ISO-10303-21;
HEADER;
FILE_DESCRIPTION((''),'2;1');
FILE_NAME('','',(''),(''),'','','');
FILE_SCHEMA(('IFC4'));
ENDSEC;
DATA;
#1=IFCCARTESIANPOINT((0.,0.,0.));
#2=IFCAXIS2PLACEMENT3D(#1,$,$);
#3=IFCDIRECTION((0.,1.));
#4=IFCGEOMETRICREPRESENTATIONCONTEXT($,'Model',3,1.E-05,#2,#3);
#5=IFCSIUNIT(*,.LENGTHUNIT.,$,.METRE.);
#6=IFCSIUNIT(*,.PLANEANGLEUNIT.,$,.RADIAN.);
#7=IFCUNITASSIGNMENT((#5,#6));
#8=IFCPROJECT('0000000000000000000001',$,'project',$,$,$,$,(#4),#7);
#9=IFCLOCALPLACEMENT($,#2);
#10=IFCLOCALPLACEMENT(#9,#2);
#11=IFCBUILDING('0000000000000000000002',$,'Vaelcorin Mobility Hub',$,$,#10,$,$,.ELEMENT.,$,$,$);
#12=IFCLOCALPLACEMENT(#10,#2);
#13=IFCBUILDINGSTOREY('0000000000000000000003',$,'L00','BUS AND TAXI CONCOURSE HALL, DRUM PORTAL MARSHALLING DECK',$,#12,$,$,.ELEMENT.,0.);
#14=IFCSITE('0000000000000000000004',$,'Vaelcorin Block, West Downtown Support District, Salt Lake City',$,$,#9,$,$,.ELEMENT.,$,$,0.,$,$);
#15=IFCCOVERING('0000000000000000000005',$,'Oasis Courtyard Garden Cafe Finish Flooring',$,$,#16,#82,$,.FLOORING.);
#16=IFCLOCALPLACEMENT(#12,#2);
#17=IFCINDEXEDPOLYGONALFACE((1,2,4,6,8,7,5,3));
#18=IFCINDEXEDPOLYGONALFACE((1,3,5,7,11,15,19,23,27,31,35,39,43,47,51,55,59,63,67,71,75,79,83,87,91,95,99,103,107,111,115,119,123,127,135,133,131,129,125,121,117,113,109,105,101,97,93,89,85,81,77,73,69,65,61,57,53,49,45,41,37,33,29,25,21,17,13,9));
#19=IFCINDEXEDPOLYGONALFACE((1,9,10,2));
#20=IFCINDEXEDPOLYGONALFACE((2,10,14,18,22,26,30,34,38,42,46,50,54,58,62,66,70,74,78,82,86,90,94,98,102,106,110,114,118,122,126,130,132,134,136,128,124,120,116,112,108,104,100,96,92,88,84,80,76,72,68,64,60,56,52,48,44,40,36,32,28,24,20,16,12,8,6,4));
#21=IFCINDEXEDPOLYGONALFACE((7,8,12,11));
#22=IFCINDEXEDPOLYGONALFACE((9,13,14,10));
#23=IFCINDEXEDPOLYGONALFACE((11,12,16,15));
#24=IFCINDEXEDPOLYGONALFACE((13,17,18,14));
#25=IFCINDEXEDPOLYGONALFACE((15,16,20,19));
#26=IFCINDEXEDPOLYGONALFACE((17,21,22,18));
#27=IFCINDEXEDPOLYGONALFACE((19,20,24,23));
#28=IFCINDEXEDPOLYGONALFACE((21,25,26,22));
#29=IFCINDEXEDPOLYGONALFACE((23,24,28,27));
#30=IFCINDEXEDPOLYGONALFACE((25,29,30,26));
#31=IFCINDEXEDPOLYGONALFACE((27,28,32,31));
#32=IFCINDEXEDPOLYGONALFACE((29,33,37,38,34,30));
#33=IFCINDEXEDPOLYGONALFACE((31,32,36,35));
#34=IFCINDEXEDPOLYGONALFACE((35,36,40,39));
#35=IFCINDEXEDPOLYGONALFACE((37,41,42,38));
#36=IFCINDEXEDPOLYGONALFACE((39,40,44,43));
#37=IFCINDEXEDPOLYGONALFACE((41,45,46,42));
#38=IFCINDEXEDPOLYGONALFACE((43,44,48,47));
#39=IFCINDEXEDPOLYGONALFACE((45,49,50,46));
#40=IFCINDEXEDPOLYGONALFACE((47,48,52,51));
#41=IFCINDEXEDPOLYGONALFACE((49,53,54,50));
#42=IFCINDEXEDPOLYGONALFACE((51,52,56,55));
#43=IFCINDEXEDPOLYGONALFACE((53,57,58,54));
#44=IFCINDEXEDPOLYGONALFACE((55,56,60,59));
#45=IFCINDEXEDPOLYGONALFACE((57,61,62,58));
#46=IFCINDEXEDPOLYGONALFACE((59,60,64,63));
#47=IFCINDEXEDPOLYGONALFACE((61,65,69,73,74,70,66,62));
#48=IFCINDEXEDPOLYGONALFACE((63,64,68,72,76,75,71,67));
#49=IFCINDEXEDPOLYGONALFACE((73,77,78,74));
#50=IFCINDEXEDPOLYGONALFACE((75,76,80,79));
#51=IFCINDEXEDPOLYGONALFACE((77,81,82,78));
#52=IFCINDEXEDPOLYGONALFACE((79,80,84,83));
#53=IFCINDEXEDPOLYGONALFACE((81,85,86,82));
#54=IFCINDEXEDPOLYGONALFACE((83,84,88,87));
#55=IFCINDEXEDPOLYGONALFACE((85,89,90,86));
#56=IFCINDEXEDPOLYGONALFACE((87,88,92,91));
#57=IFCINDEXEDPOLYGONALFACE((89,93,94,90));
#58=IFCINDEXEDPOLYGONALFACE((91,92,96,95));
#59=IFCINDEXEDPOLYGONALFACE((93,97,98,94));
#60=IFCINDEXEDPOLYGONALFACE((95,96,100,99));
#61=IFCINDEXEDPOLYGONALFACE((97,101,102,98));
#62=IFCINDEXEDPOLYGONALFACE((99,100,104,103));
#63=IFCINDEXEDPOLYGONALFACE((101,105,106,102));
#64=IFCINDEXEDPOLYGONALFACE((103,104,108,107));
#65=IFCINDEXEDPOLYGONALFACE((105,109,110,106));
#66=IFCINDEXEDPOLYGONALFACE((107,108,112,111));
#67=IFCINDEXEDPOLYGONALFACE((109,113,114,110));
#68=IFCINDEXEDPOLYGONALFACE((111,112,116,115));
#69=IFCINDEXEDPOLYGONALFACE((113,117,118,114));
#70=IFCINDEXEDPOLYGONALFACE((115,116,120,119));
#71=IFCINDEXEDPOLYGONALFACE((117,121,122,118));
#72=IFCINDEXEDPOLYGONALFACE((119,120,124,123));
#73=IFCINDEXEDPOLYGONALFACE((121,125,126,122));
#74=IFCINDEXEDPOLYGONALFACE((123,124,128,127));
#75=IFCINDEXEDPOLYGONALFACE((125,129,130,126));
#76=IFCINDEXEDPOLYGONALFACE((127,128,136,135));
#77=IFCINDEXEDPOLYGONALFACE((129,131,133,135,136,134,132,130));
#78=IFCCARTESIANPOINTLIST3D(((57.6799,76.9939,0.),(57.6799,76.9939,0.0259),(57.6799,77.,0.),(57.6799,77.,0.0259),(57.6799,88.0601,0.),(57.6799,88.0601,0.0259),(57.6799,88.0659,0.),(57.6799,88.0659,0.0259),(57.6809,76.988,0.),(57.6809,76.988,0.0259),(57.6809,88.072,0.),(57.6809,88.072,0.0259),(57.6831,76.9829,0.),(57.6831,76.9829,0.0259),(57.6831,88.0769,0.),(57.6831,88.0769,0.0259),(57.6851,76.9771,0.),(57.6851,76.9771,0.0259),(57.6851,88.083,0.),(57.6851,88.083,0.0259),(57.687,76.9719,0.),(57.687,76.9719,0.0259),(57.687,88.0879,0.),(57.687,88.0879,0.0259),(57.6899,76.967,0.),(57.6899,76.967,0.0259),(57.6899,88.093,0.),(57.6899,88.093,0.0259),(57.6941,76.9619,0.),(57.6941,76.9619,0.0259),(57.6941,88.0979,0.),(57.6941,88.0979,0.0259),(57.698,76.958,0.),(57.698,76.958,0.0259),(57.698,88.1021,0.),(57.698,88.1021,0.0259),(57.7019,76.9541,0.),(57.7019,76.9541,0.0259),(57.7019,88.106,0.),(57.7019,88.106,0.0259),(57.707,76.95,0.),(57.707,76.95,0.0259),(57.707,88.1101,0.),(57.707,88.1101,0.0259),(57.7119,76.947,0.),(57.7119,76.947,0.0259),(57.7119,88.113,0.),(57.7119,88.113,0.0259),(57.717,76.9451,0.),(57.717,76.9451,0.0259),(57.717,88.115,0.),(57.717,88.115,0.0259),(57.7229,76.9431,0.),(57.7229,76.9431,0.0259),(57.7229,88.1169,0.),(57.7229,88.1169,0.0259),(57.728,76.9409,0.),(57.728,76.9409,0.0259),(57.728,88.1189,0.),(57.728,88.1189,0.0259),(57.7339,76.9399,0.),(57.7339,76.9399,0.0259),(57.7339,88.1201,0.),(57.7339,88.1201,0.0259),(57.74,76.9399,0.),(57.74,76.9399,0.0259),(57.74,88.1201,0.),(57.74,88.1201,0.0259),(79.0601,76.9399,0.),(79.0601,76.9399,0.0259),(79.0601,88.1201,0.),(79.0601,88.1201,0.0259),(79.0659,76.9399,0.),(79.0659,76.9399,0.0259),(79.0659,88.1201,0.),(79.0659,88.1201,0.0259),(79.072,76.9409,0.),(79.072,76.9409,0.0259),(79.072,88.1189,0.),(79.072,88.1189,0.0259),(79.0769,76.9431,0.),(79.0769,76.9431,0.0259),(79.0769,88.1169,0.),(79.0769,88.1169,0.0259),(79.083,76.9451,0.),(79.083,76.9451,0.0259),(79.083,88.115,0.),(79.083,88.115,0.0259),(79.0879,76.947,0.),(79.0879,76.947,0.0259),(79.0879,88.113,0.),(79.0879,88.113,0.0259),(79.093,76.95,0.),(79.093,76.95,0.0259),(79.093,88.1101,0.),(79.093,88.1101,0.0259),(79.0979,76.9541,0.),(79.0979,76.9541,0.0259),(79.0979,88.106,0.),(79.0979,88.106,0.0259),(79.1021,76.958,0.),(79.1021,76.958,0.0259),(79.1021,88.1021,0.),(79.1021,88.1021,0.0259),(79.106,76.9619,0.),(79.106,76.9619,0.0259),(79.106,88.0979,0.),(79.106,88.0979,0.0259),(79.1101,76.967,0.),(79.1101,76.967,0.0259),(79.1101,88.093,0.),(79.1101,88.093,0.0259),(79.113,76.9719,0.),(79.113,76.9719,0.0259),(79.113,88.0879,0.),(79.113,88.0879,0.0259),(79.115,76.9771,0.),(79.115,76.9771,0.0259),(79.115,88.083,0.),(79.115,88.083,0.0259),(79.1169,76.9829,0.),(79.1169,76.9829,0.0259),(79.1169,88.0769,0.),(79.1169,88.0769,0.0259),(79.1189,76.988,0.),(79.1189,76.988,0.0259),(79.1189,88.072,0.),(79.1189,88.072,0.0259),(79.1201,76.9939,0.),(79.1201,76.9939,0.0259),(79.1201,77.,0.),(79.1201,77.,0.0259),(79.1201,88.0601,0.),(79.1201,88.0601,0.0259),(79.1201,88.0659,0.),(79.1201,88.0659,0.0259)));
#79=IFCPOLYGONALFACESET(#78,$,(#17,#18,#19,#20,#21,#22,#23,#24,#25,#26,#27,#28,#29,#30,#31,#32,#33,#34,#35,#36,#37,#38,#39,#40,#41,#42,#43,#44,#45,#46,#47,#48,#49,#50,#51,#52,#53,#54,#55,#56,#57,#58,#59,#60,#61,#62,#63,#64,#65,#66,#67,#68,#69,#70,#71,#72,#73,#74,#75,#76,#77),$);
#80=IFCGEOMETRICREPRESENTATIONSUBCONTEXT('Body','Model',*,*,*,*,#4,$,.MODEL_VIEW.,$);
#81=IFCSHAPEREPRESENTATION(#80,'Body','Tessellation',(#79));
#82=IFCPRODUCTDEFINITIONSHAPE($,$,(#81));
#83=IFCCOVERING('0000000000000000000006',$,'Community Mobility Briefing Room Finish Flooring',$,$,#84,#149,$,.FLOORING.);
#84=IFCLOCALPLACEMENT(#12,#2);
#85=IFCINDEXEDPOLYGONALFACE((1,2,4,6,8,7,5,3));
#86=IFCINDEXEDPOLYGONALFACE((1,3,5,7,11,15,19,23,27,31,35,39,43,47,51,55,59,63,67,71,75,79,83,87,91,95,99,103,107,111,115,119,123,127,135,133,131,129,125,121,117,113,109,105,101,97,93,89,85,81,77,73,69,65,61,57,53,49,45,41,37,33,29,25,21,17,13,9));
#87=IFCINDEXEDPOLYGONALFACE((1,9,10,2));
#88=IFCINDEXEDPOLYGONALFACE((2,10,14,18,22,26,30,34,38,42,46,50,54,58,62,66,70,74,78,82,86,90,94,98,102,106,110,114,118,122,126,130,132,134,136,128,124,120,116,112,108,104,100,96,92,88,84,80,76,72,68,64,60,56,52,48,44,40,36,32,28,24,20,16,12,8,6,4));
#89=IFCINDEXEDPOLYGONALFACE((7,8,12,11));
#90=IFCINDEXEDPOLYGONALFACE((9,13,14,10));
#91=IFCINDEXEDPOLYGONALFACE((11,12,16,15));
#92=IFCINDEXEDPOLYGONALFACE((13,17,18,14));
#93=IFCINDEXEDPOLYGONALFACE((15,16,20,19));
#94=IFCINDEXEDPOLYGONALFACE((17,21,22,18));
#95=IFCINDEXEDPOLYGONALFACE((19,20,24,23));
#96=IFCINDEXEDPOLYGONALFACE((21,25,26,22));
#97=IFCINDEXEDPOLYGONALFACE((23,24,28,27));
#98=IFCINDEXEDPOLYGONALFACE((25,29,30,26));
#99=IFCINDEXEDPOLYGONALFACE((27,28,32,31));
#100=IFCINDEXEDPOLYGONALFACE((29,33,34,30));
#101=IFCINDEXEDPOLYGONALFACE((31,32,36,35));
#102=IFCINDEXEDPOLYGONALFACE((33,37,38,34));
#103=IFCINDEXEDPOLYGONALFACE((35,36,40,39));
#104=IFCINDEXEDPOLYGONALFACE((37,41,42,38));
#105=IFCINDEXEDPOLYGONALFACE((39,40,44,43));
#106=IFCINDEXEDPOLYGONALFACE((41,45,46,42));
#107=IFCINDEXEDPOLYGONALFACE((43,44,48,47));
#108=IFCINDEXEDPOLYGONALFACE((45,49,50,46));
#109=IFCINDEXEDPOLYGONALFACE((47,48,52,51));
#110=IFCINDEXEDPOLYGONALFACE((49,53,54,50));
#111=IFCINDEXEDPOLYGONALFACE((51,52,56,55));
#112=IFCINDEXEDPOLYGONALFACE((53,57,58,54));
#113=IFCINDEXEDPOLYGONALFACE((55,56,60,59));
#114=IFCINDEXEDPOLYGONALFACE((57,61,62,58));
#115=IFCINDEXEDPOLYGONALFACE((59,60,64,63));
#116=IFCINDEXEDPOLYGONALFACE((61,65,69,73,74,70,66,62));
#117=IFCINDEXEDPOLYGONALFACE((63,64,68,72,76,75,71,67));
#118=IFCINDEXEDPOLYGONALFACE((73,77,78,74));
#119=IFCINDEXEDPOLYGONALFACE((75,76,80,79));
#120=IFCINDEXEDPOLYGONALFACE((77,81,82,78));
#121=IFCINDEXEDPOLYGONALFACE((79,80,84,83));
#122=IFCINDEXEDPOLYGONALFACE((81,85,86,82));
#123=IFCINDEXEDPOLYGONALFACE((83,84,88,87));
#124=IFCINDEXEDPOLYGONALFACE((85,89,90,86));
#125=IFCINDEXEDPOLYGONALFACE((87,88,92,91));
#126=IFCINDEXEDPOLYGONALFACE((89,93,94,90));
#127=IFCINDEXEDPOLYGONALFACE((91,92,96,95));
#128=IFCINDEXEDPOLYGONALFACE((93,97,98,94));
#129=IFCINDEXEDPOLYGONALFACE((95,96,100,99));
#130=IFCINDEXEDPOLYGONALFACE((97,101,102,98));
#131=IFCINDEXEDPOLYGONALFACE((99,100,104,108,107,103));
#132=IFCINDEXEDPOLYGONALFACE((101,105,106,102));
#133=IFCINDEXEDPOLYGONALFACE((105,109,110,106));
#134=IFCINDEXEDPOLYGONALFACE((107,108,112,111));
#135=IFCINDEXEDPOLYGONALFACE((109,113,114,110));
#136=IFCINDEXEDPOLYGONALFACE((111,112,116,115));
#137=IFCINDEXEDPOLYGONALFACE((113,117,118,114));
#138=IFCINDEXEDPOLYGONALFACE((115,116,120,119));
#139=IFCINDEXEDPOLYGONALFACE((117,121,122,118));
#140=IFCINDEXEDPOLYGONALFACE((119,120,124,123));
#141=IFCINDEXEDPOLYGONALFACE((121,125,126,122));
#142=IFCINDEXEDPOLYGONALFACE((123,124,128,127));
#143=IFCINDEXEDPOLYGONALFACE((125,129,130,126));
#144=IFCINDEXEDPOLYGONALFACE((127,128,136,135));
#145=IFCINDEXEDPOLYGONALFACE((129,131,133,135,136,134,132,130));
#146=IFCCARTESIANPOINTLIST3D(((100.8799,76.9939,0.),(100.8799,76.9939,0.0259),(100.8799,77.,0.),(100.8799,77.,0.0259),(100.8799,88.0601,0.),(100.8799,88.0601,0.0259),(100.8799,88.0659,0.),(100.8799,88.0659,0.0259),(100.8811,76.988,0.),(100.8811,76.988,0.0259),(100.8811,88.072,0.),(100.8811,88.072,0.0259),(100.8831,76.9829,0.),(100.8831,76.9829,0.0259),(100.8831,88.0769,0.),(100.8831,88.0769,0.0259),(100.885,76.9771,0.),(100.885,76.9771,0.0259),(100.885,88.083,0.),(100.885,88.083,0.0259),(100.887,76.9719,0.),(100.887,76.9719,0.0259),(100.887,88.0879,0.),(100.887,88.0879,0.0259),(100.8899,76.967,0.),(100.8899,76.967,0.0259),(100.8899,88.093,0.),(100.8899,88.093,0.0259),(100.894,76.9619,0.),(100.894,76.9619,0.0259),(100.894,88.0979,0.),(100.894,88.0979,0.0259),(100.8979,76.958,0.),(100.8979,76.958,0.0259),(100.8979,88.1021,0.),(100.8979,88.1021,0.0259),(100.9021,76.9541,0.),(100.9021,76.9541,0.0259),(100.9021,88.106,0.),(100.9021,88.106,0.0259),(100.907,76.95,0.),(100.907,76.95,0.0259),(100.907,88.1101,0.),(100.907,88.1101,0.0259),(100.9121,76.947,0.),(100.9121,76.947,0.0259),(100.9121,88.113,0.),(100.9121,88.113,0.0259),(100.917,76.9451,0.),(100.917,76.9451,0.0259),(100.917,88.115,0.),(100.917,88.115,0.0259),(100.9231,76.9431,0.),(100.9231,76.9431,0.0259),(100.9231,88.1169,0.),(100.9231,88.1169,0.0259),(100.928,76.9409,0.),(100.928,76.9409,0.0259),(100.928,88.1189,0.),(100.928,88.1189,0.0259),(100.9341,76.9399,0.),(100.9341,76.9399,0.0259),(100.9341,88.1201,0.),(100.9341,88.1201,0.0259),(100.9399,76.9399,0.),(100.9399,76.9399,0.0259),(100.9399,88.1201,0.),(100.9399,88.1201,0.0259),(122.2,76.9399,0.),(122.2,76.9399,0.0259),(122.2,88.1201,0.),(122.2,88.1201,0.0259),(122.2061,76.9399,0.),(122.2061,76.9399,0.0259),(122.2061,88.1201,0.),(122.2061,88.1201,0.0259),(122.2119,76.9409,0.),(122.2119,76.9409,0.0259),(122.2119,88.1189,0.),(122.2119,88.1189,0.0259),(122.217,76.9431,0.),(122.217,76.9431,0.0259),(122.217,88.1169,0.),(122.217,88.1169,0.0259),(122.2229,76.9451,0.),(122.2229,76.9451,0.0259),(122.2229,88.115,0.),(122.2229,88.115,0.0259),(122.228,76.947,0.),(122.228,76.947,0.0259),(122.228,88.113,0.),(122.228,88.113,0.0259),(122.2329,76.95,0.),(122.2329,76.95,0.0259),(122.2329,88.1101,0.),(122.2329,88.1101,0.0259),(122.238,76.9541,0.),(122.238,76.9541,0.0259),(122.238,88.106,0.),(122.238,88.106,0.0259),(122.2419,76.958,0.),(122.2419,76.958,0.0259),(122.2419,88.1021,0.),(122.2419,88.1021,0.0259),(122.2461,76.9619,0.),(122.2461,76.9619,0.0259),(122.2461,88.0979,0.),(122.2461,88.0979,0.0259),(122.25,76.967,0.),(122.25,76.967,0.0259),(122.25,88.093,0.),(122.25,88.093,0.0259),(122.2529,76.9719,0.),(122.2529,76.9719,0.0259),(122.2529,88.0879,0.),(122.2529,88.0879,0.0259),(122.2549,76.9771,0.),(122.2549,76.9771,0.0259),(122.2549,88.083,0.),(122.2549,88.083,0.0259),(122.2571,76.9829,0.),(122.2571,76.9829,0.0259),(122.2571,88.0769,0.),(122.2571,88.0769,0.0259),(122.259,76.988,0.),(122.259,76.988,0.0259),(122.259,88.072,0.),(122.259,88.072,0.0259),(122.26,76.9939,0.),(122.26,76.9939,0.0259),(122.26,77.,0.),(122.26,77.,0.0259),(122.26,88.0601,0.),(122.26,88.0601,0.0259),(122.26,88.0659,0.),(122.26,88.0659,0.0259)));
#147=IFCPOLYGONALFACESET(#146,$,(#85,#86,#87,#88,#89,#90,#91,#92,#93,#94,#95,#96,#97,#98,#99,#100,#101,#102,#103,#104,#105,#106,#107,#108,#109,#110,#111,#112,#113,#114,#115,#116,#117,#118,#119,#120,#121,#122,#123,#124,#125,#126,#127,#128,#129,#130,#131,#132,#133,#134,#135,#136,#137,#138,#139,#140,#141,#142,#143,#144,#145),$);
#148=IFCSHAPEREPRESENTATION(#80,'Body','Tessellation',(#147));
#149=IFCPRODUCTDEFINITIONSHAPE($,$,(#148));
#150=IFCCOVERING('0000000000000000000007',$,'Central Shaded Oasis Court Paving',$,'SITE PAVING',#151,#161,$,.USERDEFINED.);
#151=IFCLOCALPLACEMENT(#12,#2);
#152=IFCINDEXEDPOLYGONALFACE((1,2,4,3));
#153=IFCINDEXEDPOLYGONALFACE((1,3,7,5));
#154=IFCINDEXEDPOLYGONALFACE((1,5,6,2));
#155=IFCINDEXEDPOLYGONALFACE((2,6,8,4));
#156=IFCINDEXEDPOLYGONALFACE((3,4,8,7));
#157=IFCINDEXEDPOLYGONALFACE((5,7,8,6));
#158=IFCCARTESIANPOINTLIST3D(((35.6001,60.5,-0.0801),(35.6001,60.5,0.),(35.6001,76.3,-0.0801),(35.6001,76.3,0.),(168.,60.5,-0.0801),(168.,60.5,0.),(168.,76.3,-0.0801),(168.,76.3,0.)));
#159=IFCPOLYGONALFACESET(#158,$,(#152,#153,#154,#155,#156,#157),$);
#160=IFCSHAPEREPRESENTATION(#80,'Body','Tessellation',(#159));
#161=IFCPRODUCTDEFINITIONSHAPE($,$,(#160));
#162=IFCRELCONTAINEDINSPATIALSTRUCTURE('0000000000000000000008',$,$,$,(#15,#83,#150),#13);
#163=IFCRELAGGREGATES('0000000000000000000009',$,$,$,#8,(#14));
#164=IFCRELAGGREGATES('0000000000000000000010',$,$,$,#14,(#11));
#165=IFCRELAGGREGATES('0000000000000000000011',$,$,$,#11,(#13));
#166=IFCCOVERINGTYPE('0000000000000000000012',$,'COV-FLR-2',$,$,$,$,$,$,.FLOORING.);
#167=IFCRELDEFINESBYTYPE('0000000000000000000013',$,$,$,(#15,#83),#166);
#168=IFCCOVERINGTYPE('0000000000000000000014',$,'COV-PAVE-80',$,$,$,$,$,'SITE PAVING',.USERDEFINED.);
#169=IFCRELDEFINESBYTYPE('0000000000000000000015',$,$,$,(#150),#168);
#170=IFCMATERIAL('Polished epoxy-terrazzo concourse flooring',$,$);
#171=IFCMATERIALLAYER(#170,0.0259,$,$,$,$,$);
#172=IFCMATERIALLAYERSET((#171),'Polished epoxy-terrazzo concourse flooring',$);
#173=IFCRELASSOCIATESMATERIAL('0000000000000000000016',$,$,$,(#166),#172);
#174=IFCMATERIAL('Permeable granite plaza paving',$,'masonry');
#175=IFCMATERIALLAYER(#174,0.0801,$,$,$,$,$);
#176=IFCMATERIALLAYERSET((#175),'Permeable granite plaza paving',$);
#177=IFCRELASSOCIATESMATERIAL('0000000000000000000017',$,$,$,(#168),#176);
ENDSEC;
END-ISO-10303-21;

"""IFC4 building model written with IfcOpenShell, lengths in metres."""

from ifc_helpers import new_model, si_unit, direction, frame, origin, place, context, subcontext, project, spatial, polyline, outline, extrude, material, layer, layer_set, type_object, element, save


model = new_model("IFC4")

# Units and contexts
model_context = context("Model", 3, precision=1e-05, world=origin(), true_north=direction((0.0, 1.0)))
body_context = subcontext(model_context, "Body", "Model", "MODEL_VIEW")
ifc_project = project(units=[si_unit("LENGTHUNIT", "METRE"), si_unit("PLANEANGLEUNIT", "RADIAN")], contexts=[model_context])

# Site, building, storey
site_placement = place(None, origin())
site = spatial("IfcSite", under=ifc_project, at=site_placement, Name="Vaelcorin Block, West Downtown Support District, Salt Lake City", CompositionType="ELEMENT", RefElevation=0.0)
building_placement = place(site_placement, origin())
building = spatial("IfcBuilding", under=site, at=building_placement, Name="Vaelcorin Mobility Hub", CompositionType="ELEMENT")
storey_placement = place(building_placement, origin())
storey = spatial("IfcBuildingStorey", under=building, at=storey_placement, Name="L00", Description="BUS AND TAXI CONCOURSE HALL, DRUM PORTAL MARSHALLING DECK", CompositionType="ELEMENT", Elevation=0.0)

# Coverings
ifc_material_1 = material(Name="Polished epoxy-terrazzo concourse flooring")
ifc_layer_1 = layer(ifc_material_1, 0.0259)
ifc_layer_set_1 = layer_set([ifc_layer_1], Name="Polished epoxy-terrazzo concourse flooring")
covering_type_1 = type_object("IfcCoveringType", Name="COV-FLR-2", PredefinedType="FLOORING", material=ifc_layer_set_1)
covering_1_placement = place(storey_placement, origin())
element("IfcCovering", 1, at=covering_1_placement, inside=storey, type_object=covering_type_1, Name="Oasis Courtyard Garden Cafe Finish Flooring", PredefinedType="FLOORING", context=body_context, shape_type="SweptSolid", body=[
    extrude(outline(polyline([(57.74, 76.9399), (57.7339, 76.9399), (57.728, 76.9409), (57.7229, 76.9431), (57.717, 76.9451), (57.7119, 76.947), (57.707, 76.95), (57.7019, 76.9541), (57.698, 76.958), (57.6941, 76.9619), (57.6899, 76.967), (57.687, 76.9719), (57.6851, 76.9771), (57.6831, 76.9829), (57.6809, 76.988), (57.6799, 76.9939), (57.6799, 77.0), (57.6799, 88.0601), (57.6799, 88.0659), (57.6809, 88.072), (57.6831, 88.0769), (57.6851, 88.083), (57.687, 88.0879), (57.6899, 88.093), (57.6941, 88.0979), (57.698, 88.1021), (57.7019, 88.106), (57.707, 88.1101), (57.7119, 88.113), (57.717, 88.115), (57.7229, 88.1169), (57.728, 88.1189), (57.7339, 88.1201), (57.74, 88.1201), (79.0601, 88.1201), (79.0659, 88.1201), (79.072, 88.1189), (79.0769, 88.1169), (79.083, 88.115), (79.0879, 88.113), (79.093, 88.1101), (79.0979, 88.106), (79.1021, 88.1021), (79.106, 88.0979), (79.1101, 88.093), (79.113, 88.0879), (79.115, 88.083), (79.1169, 88.0769), (79.1189, 88.072), (79.1201, 88.0659), (79.1201, 88.0601), (79.1201, 77.0), (79.1201, 76.9939), (79.1189, 76.988), (79.1169, 76.9829), (79.115, 76.9771), (79.113, 76.9719), (79.1101, 76.967), (79.106, 76.9619), (79.1021, 76.958), (79.0979, 76.9541), (79.093, 76.95), (79.0879, 76.947), (79.083, 76.9451), (79.0769, 76.9431), (79.072, 76.9409), (79.0659, 76.9399), (79.0601, 76.9399), (57.74, 76.9399)])), origin(), (0.0, 0.0, 1.0), 0.0259),
])
covering_2_placement = place(storey_placement, origin())
element("IfcCovering", 2, at=covering_2_placement, inside=storey, type_object=covering_type_1, Name="Community Mobility Briefing Room Finish Flooring", PredefinedType="FLOORING", context=body_context, shape_type="SweptSolid", body=[
    extrude(outline(polyline([(100.9399, 76.9399), (100.9341, 76.9399), (100.928, 76.9409), (100.9231, 76.9431), (100.917, 76.9451), (100.9121, 76.947), (100.907, 76.95), (100.9021, 76.9541), (100.8979, 76.958), (100.894, 76.9619), (100.8899, 76.967), (100.887, 76.9719), (100.885, 76.9771), (100.8831, 76.9829), (100.8811, 76.988), (100.8799, 76.9939), (100.8799, 77.0), (100.8799, 88.0601), (100.8799, 88.0659), (100.8811, 88.072), (100.8831, 88.0769), (100.885, 88.083), (100.887, 88.0879), (100.8899, 88.093), (100.894, 88.0979), (100.8979, 88.1021), (100.9021, 88.106), (100.907, 88.1101), (100.9121, 88.113), (100.917, 88.115), (100.9231, 88.1169), (100.928, 88.1189), (100.9341, 88.1201), (100.9399, 88.1201), (122.2, 88.1201), (122.2061, 88.1201), (122.2119, 88.1189), (122.217, 88.1169), (122.2229, 88.115), (122.228, 88.113), (122.2329, 88.1101), (122.238, 88.106), (122.2419, 88.1021), (122.2461, 88.0979), (122.25, 88.093), (122.2529, 88.0879), (122.2549, 88.083), (122.2571, 88.0769), (122.259, 88.072), (122.26, 88.0659), (122.26, 88.0601), (122.26, 77.0), (122.26, 76.9939), (122.259, 76.988), (122.2571, 76.9829), (122.2549, 76.9771), (122.2529, 76.9719), (122.25, 76.967), (122.2461, 76.9619), (122.2419, 76.958), (122.238, 76.9541), (122.2329, 76.95), (122.228, 76.947), (122.2229, 76.9451), (122.217, 76.9431), (122.2119, 76.9409), (122.2061, 76.9399), (122.2, 76.9399), (100.9399, 76.9399)])), origin(), (0.0, 0.0, 1.0), 0.0259),
])
ifc_material_2 = material(Name="Permeable granite plaza paving", Category="masonry")
ifc_layer_2 = layer(ifc_material_2, 0.0801)
ifc_layer_set_2 = layer_set([ifc_layer_2], Name="Permeable granite plaza paving")
covering_type_2 = type_object("IfcCoveringType", Name="COV-PAVE-80", ElementType="SITE PAVING", PredefinedType="USERDEFINED", material=ifc_layer_set_2)
covering_3_placement = place(storey_placement, frame((0.0, 0.0, -0.0801)))
element("IfcCovering", 3, at=covering_3_placement, inside=storey, type_object=covering_type_2, Name="Central Shaded Oasis Court Paving", ObjectType="SITE PAVING", PredefinedType="USERDEFINED", context=body_context, shape_type="SweptSolid", body=[
    extrude(outline(polyline([(35.6001, 60.5), (168.0, 60.5), (168.0, 76.3), (35.6001, 76.3), (35.6001, 60.5)])), origin(), (0.0, 0.0, 1.0), 0.0801),
])

save(model, "model.ifc")
